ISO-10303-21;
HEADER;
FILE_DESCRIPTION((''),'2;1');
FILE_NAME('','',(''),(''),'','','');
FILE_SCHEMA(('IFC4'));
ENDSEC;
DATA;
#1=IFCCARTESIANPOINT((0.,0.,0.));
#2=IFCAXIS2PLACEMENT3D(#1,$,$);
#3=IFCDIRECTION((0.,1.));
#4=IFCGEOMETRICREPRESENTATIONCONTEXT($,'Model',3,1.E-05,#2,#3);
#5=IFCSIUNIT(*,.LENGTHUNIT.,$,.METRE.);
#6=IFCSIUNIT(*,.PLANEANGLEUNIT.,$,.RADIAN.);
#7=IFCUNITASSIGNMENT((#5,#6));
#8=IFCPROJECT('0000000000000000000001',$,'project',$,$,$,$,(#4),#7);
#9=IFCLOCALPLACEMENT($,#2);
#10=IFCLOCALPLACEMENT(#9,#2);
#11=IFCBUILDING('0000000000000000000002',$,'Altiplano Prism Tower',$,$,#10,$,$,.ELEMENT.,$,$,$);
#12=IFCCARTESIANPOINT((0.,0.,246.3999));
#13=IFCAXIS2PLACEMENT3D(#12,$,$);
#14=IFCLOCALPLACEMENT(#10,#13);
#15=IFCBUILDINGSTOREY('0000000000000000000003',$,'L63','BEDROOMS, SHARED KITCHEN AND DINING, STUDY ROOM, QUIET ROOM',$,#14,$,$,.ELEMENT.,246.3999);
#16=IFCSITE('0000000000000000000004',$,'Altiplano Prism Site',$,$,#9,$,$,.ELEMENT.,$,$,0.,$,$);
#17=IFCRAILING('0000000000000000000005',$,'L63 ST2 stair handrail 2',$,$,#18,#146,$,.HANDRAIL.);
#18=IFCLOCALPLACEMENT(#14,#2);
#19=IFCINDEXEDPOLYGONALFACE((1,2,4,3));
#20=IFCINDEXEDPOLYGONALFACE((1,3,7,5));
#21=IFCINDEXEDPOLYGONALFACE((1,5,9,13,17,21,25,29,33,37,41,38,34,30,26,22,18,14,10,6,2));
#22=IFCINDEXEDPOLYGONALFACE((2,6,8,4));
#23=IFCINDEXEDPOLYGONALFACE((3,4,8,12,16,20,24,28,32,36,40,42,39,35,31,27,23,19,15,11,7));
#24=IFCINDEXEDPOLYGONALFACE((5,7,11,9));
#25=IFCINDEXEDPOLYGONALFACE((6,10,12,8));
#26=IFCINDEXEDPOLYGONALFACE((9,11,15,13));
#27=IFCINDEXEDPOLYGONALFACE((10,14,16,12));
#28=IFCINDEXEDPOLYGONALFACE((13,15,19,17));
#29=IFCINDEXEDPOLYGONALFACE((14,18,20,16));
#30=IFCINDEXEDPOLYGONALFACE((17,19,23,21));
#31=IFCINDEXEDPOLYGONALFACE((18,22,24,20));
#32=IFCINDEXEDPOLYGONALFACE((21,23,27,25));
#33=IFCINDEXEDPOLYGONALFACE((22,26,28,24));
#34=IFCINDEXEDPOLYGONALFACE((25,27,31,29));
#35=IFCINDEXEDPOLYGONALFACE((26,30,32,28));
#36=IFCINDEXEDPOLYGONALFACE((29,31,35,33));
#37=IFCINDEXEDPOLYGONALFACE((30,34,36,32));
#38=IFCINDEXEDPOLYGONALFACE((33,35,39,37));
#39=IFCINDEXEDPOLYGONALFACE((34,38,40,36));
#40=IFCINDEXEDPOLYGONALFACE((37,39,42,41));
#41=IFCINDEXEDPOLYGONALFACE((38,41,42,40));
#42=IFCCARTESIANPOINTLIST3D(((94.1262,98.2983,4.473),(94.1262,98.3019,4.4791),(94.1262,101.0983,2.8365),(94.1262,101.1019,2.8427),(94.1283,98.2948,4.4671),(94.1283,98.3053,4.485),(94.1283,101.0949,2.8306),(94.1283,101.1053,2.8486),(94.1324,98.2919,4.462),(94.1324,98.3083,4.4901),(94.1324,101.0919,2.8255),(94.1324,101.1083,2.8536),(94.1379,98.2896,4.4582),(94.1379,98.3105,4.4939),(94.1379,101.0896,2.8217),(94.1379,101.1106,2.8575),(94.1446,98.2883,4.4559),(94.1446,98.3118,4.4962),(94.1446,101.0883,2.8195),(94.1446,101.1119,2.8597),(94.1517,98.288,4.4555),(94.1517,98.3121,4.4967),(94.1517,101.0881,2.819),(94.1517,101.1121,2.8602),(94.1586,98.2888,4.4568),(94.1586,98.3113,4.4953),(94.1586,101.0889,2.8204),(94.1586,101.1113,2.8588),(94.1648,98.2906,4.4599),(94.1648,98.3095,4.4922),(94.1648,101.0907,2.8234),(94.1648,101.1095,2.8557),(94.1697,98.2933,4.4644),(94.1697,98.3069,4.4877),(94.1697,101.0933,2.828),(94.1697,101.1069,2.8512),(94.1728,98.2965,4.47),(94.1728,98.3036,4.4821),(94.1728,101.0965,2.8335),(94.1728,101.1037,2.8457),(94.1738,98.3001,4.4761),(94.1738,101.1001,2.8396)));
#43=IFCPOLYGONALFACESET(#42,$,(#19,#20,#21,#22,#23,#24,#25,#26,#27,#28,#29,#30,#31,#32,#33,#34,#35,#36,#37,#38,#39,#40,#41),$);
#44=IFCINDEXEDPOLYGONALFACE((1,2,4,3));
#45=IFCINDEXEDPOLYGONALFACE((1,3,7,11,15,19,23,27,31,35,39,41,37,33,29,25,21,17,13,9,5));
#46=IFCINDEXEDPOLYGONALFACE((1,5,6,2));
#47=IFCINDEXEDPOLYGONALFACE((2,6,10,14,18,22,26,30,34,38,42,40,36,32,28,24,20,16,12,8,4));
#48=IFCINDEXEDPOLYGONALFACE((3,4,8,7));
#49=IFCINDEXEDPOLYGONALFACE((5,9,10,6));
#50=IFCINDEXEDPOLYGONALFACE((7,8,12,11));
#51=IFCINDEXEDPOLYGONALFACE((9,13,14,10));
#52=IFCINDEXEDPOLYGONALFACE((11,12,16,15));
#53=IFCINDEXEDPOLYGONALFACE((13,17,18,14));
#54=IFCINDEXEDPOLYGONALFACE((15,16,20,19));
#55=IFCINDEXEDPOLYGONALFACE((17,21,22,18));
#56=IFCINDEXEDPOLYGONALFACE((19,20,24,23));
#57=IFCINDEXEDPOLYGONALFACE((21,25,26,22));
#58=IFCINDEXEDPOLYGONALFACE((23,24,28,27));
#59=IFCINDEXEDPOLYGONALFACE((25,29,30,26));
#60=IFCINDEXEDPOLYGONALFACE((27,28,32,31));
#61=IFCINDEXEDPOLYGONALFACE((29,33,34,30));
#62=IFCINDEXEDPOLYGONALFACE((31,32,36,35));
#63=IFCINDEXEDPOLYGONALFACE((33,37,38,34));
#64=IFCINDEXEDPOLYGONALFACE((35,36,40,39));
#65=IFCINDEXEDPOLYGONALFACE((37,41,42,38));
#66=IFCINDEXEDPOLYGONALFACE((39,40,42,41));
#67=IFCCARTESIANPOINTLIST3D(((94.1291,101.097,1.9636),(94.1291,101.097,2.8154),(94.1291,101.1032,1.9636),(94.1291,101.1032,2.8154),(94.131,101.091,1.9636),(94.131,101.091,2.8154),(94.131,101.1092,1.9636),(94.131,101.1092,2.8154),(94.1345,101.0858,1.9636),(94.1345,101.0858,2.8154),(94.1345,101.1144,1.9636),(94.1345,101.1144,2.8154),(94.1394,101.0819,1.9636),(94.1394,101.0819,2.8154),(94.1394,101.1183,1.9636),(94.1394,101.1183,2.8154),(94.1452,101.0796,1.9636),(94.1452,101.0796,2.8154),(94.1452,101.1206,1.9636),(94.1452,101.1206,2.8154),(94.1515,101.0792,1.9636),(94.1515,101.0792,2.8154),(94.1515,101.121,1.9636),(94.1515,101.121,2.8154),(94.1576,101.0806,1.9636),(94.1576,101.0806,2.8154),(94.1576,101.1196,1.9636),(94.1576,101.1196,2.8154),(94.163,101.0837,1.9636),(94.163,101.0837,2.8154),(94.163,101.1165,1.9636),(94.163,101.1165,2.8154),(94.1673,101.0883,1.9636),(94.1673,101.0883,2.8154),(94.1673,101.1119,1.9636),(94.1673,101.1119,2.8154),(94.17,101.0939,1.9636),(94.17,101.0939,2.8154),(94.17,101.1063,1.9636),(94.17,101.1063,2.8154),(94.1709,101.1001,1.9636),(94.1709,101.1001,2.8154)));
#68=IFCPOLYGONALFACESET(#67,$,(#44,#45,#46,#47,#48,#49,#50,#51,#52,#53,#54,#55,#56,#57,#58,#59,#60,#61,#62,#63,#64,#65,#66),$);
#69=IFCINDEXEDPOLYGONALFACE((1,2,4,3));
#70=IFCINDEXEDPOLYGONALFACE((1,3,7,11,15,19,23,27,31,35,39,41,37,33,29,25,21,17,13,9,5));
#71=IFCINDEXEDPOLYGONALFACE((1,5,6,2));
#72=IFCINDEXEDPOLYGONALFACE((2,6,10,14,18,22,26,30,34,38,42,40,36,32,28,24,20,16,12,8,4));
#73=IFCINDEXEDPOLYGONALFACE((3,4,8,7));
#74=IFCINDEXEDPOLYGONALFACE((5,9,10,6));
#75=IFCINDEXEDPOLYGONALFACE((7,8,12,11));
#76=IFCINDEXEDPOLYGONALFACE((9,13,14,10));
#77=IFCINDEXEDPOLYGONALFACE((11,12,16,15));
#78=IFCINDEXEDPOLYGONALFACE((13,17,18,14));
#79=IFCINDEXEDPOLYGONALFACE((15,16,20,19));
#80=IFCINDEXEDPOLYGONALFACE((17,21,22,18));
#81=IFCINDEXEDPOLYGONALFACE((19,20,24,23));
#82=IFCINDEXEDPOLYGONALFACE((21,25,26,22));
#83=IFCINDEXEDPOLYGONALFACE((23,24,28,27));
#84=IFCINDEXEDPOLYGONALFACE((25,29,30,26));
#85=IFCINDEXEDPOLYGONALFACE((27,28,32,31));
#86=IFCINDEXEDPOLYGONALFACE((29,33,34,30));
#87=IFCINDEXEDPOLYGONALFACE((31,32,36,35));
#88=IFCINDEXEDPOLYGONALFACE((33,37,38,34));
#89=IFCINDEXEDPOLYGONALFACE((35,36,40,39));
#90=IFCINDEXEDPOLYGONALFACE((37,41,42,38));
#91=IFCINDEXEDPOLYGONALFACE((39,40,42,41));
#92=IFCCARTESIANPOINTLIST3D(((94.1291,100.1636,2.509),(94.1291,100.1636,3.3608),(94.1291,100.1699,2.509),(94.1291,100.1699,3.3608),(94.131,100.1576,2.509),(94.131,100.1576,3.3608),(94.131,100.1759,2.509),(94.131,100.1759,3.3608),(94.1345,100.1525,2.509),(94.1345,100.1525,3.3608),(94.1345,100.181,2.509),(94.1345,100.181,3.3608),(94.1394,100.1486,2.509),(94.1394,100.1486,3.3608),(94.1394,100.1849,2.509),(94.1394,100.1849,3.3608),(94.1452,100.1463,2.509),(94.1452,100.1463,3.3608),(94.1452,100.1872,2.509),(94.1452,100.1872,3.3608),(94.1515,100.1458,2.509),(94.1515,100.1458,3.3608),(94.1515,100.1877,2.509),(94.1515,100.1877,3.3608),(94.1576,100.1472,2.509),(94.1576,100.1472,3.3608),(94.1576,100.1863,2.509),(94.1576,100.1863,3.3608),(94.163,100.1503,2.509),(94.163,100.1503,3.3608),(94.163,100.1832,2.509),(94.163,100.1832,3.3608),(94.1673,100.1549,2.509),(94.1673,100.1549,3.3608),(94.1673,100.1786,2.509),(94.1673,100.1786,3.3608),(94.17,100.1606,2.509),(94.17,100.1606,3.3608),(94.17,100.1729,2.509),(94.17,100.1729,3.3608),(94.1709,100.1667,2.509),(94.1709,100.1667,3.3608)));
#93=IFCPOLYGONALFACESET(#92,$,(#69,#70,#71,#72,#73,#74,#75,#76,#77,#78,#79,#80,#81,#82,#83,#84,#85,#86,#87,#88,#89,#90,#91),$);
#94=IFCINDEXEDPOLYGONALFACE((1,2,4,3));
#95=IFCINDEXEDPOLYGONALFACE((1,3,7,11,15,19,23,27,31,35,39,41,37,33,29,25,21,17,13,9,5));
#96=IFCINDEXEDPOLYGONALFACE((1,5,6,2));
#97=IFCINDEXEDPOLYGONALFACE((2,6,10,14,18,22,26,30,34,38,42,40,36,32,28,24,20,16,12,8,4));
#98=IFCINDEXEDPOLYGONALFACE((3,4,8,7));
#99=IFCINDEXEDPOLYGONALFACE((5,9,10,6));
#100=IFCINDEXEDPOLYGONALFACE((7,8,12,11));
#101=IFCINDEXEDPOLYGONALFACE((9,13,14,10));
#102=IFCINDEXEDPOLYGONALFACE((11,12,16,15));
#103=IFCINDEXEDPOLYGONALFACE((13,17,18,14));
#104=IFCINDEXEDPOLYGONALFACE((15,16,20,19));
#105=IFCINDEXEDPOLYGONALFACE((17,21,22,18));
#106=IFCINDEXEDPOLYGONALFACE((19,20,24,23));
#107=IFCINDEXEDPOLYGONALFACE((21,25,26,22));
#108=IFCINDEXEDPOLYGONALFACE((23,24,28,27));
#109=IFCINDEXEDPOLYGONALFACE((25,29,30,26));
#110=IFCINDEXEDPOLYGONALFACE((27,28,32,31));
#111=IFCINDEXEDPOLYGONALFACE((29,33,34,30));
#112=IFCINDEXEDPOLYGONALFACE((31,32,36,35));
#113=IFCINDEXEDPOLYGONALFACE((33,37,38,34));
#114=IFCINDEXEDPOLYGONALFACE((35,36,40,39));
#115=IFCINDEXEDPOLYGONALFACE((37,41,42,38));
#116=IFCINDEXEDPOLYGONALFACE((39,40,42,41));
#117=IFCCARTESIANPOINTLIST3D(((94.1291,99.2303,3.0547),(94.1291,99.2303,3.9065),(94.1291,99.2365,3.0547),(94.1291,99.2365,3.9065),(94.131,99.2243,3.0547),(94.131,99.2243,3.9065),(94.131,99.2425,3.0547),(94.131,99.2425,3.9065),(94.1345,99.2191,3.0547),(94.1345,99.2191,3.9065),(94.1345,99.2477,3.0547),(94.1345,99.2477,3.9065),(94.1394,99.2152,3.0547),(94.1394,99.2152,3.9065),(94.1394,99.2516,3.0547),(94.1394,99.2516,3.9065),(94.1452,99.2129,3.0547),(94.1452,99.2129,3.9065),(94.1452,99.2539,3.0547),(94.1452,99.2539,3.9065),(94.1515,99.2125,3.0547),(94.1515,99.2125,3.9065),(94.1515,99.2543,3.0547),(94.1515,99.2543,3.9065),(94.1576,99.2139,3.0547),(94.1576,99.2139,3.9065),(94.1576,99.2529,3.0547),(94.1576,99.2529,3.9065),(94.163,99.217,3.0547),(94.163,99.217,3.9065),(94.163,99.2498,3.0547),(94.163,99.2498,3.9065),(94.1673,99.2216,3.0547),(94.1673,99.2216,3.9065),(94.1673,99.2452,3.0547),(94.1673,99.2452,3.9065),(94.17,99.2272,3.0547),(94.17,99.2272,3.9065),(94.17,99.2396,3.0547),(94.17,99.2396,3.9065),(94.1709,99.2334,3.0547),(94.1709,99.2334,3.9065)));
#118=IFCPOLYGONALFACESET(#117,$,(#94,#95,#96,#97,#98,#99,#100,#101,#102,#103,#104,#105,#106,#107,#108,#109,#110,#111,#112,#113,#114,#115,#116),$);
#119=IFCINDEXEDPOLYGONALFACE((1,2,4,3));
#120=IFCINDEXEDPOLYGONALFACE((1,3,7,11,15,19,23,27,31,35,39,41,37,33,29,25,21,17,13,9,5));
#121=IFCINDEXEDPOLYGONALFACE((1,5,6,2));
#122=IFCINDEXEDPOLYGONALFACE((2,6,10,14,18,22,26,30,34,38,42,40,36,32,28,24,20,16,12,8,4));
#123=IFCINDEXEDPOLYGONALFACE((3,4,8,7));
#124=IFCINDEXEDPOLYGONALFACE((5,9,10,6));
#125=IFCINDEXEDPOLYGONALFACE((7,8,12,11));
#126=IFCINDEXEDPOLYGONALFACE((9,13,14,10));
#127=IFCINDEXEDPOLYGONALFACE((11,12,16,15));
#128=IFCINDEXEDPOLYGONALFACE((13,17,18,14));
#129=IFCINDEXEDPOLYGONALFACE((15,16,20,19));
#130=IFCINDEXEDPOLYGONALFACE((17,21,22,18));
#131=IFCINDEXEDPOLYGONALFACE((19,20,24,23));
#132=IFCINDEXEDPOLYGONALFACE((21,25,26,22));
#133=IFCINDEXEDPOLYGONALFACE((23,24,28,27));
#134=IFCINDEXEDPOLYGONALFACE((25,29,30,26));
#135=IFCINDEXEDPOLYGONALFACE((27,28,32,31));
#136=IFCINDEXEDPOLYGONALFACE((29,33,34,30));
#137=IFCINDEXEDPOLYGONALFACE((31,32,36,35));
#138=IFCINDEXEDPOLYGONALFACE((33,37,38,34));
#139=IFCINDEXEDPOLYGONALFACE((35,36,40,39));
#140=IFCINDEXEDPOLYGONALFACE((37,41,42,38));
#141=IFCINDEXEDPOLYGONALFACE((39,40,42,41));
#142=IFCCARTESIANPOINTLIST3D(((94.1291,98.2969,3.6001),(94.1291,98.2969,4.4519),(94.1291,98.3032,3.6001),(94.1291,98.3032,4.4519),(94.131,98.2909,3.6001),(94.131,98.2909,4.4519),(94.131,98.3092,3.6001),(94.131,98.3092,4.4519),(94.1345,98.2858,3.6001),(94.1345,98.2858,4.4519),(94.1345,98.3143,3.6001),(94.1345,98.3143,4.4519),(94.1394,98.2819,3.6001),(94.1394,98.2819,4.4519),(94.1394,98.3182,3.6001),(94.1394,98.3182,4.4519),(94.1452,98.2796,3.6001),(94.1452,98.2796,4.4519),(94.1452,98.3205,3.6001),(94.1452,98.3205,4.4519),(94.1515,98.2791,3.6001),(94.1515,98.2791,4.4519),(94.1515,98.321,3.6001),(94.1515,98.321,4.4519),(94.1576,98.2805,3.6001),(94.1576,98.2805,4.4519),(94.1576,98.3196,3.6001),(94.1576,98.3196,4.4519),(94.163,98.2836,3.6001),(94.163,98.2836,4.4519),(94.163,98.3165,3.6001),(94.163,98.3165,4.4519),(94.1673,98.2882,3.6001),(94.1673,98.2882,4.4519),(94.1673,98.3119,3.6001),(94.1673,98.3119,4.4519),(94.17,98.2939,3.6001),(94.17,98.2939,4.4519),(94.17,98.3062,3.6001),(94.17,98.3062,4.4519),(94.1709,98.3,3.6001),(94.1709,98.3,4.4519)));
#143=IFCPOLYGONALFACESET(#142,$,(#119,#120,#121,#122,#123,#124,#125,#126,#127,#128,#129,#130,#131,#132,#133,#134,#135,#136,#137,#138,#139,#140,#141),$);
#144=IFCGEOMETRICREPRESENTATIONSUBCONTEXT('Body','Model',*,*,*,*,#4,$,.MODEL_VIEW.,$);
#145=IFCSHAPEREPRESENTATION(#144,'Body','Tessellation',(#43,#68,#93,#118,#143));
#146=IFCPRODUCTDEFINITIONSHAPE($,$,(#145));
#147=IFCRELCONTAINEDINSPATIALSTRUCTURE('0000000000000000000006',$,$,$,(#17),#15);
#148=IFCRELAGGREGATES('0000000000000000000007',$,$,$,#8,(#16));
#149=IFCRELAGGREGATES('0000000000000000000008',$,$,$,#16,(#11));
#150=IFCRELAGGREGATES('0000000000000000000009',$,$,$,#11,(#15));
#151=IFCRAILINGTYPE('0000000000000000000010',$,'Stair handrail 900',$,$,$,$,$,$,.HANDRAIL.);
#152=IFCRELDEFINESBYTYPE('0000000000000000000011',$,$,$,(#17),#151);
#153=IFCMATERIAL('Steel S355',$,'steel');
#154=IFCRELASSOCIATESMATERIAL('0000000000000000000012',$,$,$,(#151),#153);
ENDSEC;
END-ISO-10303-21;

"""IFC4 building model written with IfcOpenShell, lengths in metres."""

from ifc_helpers import new_model, si_unit, direction, frame, origin, origin_2d, place, context, subcontext, project, spatial, circle, extrude, material, type_object, element, save


model = new_model("IFC4")

# Units and contexts
model_context = context("Model", 3, precision=1e-05, world=origin(), true_north=direction((0.0, 1.0)))
body_context = subcontext(model_context, "Body", "Model", "MODEL_VIEW")
ifc_project = project(units=[si_unit("LENGTHUNIT", "METRE"), si_unit("PLANEANGLEUNIT", "RADIAN")], contexts=[model_context])

# Site, building, storey
site_placement = place(None, origin())
site = spatial("IfcSite", under=ifc_project, at=site_placement, Name="Altiplano Prism Site", CompositionType="ELEMENT", RefElevation=0.0)
building_placement = place(site_placement, origin())
building = spatial("IfcBuilding", under=site, at=building_placement, Name="Altiplano Prism Tower", CompositionType="ELEMENT")
storey_placement = place(building_placement, frame((0.0, 0.0, 246.3999)))
storey = spatial("IfcBuildingStorey", under=building, at=storey_placement, Name="L63", Description="BEDROOMS, SHARED KITCHEN AND DINING, STUDY ROOM, QUIET ROOM", CompositionType="ELEMENT", Elevation=246.3999)

# Railing
ifc_material_1 = material(Name="Steel S355", Category="steel")
railing_type_1 = type_object("IfcRailingType", Name="Stair handrail 900", PredefinedType="HANDRAIL", material=ifc_material_1)
railing_1_placement = place(storey_placement, frame((94.1499, 101.1001, 1.9636)))
element("IfcRailing", 1, at=railing_1_placement, inside=storey, type_object=railing_type_1, Name="L63 ST2 stair handrail 2", PredefinedType="HANDRAIL", context=body_context, shape_type="SweptSolid", body=[
    extrude(circle(Radius=0.0239, at=origin_2d()), frame((0.0, 0.0, 0.876), z_axis=(0.0, -0.863361, 0.504587), x_axis=(1.0, 0.0, 0.0)), (0.0, 0.0, 1.0), 3.2432),
    extrude(circle(Radius=0.021, at=origin_2d()), origin(), (0.0, 0.0, 1.0), 0.8518),
    extrude(circle(Radius=0.021, at=origin_2d()), frame((0.0, -0.9333, 0.5454)), (0.0, 0.0, 1.0), 0.8518),
    extrude(circle(Radius=0.021, at=origin_2d()), frame((0.0, -1.8667, 1.0911)), (0.0, 0.0, 1.0), 0.8518),
    extrude(circle(Radius=0.021, at=origin_2d()), frame((0.0, -2.8, 1.6365)), (0.0, 0.0, 1.0), 0.8518),
])

save(model, "model.ifc")
